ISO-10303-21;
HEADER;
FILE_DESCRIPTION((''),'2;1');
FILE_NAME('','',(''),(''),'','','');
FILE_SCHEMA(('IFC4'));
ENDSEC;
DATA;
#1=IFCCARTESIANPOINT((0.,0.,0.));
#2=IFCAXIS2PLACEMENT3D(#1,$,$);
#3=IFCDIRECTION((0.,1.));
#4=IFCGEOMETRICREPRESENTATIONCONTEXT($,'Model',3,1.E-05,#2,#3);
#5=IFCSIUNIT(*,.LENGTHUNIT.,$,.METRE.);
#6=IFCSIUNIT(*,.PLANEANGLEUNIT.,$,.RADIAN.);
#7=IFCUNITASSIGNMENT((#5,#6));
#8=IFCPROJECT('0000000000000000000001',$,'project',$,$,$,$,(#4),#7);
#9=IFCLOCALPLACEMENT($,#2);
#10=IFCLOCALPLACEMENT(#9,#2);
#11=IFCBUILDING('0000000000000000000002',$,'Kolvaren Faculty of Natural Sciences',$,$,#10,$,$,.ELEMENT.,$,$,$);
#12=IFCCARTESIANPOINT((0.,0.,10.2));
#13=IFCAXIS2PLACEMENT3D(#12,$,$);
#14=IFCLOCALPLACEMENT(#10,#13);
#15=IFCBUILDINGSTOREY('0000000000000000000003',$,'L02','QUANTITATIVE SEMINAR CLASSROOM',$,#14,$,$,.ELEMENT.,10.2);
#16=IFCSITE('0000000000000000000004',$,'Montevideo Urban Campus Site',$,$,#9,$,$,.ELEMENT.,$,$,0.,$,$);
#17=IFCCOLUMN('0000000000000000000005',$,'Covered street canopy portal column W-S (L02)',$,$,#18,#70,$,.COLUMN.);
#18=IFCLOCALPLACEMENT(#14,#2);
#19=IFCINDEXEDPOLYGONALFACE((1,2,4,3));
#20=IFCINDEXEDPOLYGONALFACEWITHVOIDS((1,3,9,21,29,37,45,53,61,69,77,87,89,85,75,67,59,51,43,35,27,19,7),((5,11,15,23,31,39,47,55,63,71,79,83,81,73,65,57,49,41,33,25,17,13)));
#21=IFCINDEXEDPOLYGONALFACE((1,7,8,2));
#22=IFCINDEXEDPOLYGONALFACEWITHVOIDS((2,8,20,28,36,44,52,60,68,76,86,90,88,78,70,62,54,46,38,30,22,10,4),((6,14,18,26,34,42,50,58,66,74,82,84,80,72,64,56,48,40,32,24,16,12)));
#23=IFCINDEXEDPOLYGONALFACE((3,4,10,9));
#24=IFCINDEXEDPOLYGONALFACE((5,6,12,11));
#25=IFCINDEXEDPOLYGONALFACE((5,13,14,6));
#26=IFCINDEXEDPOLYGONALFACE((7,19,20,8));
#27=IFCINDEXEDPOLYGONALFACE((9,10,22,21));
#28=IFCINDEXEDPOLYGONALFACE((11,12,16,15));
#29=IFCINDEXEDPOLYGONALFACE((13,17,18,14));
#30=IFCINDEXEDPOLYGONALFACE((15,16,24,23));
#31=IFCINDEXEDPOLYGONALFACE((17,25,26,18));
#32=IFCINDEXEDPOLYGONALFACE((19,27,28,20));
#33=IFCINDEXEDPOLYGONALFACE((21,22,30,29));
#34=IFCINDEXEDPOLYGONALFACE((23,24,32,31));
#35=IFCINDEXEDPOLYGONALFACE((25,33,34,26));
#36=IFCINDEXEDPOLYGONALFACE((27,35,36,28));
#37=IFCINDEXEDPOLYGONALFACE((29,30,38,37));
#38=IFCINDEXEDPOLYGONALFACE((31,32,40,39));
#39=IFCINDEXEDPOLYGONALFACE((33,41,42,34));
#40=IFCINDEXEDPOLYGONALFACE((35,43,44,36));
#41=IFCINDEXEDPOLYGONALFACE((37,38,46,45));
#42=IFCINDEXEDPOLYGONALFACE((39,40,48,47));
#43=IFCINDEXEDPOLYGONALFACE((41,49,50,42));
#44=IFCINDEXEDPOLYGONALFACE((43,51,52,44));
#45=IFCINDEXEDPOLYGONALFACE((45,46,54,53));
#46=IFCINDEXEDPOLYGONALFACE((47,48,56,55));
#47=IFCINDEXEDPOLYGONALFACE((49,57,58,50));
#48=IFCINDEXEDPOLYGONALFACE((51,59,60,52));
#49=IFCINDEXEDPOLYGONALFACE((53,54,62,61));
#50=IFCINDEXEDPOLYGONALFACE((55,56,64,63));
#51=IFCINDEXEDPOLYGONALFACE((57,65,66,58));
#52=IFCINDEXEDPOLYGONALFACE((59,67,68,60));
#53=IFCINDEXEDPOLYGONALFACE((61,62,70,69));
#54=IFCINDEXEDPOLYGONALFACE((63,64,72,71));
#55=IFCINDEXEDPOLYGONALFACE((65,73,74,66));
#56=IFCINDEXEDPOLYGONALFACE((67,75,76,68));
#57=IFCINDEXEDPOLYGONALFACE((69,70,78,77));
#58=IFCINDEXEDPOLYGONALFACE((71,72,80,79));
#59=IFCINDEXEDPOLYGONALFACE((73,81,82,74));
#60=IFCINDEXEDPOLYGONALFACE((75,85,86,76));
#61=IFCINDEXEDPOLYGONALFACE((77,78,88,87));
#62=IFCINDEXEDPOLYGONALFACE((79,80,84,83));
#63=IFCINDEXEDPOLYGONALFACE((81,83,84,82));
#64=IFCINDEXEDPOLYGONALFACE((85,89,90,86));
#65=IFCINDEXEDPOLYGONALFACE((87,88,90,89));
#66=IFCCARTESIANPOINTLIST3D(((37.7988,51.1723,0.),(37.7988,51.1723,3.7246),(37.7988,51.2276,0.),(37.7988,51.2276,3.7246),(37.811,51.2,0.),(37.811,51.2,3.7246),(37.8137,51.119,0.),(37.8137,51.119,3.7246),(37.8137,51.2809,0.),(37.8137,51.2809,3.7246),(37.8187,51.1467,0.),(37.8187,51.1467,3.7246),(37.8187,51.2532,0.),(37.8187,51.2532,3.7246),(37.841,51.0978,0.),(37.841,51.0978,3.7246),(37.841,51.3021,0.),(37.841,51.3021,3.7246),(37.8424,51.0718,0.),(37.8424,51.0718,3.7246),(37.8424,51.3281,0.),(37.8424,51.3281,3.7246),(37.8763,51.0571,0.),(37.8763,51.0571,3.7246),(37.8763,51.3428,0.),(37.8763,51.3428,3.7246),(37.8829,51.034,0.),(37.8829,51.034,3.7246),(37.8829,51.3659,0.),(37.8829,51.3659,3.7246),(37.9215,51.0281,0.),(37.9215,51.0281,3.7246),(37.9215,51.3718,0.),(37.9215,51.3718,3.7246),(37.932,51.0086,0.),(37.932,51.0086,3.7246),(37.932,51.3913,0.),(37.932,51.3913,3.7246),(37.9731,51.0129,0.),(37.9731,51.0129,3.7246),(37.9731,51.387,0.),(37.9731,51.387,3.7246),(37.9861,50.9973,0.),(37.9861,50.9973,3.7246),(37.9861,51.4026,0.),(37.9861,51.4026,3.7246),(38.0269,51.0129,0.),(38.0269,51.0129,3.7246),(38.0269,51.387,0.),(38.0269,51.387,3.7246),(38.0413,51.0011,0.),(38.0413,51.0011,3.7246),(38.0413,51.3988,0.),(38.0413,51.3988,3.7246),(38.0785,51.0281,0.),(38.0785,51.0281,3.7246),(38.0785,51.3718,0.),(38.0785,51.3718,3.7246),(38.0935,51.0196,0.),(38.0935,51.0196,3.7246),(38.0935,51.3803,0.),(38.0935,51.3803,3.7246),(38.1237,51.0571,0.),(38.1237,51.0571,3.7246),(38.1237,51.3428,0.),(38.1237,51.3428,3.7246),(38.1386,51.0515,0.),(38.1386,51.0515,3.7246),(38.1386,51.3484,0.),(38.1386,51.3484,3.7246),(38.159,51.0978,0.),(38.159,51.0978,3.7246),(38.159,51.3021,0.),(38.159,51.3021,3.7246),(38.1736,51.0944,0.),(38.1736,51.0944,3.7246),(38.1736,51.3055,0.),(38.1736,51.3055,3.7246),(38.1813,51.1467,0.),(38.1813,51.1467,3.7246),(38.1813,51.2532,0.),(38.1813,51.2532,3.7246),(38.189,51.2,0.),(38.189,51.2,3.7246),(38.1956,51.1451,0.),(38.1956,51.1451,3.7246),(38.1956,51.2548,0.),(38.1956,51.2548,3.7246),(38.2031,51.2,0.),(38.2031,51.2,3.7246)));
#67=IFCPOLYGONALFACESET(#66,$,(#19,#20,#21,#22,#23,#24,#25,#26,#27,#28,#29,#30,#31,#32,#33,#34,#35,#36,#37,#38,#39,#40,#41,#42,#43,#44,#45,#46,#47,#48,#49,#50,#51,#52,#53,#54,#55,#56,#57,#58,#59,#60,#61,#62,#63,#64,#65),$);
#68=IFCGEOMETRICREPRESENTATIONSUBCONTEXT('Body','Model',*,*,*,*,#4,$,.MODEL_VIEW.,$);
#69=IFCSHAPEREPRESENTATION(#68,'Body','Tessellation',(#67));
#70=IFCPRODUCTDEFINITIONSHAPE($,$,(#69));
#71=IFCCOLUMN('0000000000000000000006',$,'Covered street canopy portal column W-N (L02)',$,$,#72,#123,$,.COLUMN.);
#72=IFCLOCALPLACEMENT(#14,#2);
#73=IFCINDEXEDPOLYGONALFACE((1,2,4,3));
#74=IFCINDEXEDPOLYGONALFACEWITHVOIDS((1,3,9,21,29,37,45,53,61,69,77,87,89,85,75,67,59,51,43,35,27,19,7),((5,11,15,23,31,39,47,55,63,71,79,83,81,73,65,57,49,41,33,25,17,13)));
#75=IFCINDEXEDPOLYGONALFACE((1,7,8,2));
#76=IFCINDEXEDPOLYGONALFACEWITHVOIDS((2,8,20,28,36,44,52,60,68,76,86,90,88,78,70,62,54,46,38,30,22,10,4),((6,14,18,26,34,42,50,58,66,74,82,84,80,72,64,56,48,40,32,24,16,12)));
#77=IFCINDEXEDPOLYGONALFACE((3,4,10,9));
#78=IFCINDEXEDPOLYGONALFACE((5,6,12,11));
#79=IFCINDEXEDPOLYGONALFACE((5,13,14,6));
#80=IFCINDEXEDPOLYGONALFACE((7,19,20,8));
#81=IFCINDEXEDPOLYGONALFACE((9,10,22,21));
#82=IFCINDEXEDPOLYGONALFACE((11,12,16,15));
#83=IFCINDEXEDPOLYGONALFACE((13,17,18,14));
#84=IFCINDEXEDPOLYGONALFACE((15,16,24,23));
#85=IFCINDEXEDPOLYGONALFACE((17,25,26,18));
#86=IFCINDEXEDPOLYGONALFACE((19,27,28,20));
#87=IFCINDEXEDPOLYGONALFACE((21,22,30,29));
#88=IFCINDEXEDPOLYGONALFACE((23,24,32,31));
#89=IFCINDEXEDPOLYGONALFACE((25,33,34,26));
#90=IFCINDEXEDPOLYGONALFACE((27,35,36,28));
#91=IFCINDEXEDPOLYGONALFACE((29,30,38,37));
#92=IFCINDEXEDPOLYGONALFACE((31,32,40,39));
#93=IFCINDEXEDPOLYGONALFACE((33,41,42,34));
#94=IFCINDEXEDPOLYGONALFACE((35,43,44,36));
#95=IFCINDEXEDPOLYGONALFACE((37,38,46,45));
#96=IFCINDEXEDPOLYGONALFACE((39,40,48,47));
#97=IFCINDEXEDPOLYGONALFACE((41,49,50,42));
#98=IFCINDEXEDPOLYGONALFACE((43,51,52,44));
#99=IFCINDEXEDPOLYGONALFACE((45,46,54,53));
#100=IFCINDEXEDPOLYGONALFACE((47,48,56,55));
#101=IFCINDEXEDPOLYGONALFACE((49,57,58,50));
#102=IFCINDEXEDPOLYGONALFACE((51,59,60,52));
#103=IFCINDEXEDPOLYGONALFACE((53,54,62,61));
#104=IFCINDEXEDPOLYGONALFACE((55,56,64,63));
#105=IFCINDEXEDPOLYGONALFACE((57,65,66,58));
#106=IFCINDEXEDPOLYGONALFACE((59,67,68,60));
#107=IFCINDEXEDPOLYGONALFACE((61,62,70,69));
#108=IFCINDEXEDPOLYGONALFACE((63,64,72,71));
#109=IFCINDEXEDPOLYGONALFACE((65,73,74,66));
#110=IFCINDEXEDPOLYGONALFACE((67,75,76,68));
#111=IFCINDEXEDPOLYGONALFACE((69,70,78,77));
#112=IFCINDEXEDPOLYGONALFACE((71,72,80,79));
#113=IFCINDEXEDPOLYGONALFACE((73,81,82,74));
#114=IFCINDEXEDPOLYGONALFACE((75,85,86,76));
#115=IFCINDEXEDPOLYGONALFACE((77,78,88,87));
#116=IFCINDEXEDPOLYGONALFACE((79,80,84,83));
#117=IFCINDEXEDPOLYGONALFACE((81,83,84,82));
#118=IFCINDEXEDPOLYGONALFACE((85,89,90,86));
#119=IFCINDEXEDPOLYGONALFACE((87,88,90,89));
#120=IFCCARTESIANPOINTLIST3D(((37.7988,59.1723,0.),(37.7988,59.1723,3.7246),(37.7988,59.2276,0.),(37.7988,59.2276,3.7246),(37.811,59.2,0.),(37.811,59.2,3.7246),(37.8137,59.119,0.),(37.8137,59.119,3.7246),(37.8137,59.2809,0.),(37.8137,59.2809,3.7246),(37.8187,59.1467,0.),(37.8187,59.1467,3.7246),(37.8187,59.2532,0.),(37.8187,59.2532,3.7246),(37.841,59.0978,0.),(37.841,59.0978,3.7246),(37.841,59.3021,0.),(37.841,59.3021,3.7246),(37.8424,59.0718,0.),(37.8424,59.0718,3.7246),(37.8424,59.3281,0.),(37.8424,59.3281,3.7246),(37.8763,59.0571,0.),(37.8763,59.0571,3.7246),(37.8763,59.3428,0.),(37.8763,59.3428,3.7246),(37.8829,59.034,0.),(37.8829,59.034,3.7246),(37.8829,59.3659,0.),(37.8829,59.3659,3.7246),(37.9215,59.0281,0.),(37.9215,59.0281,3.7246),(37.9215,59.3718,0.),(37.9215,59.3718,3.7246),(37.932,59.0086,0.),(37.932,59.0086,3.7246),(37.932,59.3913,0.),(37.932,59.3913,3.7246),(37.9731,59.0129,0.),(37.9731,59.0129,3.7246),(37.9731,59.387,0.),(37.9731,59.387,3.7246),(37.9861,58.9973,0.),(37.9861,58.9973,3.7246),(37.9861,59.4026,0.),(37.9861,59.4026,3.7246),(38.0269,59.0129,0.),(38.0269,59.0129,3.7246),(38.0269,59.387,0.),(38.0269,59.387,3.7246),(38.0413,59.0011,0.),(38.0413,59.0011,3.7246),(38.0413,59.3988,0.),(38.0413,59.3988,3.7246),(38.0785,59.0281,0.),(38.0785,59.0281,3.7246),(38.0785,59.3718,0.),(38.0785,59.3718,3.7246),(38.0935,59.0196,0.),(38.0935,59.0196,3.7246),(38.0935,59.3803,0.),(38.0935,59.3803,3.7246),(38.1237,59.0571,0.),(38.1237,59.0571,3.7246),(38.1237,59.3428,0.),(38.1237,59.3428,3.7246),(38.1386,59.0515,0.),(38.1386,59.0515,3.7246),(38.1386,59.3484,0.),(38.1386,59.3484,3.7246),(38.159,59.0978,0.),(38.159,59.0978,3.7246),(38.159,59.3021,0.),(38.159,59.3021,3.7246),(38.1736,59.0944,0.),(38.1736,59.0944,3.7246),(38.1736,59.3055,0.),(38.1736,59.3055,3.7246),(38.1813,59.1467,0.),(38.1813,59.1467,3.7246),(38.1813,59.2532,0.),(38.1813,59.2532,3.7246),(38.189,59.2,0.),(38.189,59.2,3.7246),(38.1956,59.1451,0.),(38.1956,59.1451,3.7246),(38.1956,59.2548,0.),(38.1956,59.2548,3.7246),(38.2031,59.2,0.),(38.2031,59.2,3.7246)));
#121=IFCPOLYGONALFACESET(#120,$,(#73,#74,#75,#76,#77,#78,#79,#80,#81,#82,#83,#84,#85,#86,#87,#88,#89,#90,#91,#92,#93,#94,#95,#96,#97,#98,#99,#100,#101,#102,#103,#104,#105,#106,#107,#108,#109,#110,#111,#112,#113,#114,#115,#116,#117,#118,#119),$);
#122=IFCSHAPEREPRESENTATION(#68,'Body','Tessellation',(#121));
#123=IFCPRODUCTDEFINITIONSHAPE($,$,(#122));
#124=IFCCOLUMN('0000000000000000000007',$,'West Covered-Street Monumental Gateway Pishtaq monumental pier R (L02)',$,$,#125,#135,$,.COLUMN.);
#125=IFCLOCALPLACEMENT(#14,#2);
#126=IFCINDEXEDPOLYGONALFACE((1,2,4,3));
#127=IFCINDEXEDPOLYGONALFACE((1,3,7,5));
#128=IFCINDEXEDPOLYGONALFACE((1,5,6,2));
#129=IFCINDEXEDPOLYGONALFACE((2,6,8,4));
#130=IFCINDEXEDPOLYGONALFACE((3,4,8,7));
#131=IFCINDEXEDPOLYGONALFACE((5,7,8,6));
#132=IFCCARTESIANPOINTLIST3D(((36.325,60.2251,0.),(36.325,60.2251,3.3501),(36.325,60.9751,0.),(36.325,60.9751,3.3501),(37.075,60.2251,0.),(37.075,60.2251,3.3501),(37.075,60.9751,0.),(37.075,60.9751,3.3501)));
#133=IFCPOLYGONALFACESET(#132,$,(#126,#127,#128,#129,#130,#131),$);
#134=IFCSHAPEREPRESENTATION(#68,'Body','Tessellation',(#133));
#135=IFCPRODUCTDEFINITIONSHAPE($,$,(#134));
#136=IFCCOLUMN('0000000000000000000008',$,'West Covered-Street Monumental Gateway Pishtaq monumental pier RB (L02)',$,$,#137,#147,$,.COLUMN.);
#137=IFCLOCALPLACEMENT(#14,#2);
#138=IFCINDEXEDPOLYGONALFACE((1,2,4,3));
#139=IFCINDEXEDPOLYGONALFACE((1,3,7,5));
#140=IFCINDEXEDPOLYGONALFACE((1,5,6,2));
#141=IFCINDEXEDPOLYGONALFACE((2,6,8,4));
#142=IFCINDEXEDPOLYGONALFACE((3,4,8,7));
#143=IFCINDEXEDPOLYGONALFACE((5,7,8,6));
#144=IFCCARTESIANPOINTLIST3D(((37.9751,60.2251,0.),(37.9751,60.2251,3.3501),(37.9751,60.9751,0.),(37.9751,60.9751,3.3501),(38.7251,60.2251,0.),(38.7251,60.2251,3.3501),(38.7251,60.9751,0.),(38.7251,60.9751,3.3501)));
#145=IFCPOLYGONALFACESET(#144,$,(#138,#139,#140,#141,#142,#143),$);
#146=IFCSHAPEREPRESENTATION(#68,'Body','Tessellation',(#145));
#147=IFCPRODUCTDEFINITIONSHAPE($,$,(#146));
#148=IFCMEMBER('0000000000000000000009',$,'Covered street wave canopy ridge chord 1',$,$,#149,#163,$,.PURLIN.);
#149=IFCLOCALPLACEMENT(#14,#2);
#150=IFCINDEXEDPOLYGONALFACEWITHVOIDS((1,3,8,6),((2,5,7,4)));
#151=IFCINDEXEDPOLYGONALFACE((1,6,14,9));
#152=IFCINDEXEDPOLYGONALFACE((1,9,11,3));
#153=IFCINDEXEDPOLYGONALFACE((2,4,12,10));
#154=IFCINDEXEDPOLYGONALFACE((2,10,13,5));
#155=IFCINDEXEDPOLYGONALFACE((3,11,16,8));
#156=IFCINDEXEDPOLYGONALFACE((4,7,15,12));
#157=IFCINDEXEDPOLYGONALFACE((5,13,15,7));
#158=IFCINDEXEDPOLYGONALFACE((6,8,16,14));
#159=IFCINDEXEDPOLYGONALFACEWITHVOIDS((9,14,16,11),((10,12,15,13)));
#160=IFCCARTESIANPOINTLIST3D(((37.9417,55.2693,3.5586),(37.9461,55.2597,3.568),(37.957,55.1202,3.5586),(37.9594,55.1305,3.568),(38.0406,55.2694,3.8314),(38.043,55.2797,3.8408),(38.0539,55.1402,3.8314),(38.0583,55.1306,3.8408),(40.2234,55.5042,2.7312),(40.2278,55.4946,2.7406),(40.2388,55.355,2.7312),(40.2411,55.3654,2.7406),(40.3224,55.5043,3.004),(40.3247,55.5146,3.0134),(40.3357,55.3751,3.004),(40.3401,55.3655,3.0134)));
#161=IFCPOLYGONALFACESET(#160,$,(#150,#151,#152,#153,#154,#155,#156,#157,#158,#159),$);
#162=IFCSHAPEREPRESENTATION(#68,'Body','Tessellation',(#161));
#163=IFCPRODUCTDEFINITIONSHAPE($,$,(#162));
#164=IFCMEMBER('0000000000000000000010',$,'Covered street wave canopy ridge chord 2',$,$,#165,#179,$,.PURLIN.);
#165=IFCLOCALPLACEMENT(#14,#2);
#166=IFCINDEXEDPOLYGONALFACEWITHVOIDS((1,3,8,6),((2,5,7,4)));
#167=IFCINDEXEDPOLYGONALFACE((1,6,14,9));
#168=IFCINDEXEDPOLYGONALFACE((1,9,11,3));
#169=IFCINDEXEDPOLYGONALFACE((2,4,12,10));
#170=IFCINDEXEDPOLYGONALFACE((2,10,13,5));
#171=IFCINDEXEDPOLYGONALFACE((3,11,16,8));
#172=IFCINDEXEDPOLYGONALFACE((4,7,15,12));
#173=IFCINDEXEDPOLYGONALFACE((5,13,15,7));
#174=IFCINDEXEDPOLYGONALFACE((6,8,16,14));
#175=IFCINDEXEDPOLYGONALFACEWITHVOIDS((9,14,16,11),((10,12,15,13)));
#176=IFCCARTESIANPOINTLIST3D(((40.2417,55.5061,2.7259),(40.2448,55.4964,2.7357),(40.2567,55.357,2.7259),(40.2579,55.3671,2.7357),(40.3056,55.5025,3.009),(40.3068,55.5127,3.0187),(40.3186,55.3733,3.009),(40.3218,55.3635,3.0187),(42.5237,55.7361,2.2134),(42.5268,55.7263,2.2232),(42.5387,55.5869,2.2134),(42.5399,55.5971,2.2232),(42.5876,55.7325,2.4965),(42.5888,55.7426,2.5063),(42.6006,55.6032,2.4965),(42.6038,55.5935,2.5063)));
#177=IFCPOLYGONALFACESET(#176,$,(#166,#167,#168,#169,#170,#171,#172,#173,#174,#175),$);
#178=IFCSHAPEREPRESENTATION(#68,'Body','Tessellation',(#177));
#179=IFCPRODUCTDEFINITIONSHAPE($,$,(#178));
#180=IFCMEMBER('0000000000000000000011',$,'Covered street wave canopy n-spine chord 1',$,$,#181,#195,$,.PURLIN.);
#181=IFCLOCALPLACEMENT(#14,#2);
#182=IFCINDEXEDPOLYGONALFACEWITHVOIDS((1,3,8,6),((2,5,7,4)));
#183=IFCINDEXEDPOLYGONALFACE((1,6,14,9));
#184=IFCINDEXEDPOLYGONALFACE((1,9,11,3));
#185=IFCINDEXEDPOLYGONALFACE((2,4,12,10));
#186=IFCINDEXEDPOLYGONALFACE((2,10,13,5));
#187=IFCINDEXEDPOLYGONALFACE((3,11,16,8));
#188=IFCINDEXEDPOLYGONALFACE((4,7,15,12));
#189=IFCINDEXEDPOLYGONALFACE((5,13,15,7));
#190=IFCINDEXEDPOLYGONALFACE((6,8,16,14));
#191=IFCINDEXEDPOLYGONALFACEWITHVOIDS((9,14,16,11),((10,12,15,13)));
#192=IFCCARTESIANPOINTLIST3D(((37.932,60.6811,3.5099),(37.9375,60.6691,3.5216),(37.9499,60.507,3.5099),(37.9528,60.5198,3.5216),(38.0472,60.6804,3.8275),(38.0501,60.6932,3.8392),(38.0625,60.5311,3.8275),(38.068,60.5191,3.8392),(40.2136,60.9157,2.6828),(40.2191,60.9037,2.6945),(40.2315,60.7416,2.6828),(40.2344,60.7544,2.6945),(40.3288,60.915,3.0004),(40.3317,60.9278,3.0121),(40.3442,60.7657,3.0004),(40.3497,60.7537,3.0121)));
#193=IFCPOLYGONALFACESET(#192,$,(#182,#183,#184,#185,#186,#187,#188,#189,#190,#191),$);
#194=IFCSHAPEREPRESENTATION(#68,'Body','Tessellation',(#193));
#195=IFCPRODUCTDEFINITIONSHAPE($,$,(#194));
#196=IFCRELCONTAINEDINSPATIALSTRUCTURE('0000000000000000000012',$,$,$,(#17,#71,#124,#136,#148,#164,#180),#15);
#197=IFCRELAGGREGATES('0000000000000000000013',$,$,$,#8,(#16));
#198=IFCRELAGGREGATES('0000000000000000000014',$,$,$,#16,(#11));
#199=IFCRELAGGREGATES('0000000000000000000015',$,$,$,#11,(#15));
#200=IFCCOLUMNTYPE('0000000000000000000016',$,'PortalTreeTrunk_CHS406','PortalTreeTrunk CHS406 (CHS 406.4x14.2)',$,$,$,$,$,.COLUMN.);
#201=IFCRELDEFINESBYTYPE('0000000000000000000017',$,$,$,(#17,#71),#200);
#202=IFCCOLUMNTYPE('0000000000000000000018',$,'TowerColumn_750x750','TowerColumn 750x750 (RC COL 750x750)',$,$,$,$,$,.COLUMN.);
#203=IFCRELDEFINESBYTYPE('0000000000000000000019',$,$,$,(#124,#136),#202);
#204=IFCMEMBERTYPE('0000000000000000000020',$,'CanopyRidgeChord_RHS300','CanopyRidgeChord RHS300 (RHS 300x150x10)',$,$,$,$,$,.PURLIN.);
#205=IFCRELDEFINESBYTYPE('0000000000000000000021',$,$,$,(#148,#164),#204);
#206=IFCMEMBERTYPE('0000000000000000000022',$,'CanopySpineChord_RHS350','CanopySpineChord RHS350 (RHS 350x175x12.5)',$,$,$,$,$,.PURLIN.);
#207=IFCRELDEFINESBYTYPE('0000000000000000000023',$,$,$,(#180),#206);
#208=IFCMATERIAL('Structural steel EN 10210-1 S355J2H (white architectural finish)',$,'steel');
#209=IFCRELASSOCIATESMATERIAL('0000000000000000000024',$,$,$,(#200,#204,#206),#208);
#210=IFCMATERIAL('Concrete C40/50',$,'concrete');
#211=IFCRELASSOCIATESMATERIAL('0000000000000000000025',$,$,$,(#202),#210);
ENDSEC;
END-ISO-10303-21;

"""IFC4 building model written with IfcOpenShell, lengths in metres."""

from ifc_helpers import new_model, si_unit, direction, frame, origin, origin_2d, place, context, subcontext, project, spatial, rectangle, hollow_rectangle, hollow_circle, extrude, material, material_profile, profile_set, type_object, element, save


model = new_model("IFC4")

# Units and contexts
model_context = context("Model", 3, precision=1e-05, world=origin(), true_north=direction((0.0, 1.0)))
body_context = subcontext(model_context, "Body", "Model", "MODEL_VIEW")
ifc_project = project(units=[si_unit("LENGTHUNIT", "METRE"), si_unit("PLANEANGLEUNIT", "RADIAN")], contexts=[model_context])

# Site, building, storey
site_placement = place(None, origin())
site = spatial("IfcSite", under=ifc_project, at=site_placement, Name="Montevideo Urban Campus Site", CompositionType="ELEMENT", RefElevation=0.0)
building_placement = place(site_placement, origin())
building = spatial("IfcBuilding", under=site, at=building_placement, Name="Kolvaren Faculty of Natural Sciences", CompositionType="ELEMENT")
storey_placement = place(building_placement, frame((0.0, 0.0, 10.2)))
storey = spatial("IfcBuildingStorey", under=building, at=storey_placement, Name="L02", Description="QUANTITATIVE SEMINAR CLASSROOM", CompositionType="ELEMENT", Elevation=10.2)

# Columns
ifc_material_1 = material(Name="Structural steel EN 10210-1 S355J2H (white architectural finish)", Category="steel")
ifc_material_profile_1 = material_profile(ifc_material_1, hollow_circle(Radius=0.2031, WallThickness=0.0142, at=origin_2d()), Name="CHS 406.4x14.2")
ifc_profile_set_1 = profile_set([ifc_material_profile_1], Name="Structural steel EN 10210-1 S355J2H (white architectural finish)")
column_type_1 = type_object("IfcColumnType", Name="PortalTreeTrunk_CHS406", Description="PortalTreeTrunk CHS406 (CHS 406.4x14.2)", PredefinedType="COLUMN", material=ifc_profile_set_1)
for number, where, z_axis, x_axis, name in (
    (1, (38.0, 51.2, 0.0), (0.0, 0.0, 1.0), (1.0, 0.0, 0.0), "Covered street canopy portal column W-S (L02)"),
    (2, (38.0, 59.2, 0.0), (0.0, 0.0, 1.0), (1.0, 0.0, 0.0), "Covered street canopy portal column W-N (L02)"),
):
    element("IfcColumn", number, at=place(storey_placement, frame(where, z_axis=z_axis, x_axis=x_axis)), inside=storey, type_object=column_type_1, Name=name, PredefinedType="COLUMN", context=body_context, shape_type="SweptSolid", body=[
        extrude(hollow_circle(Radius=0.2031, WallThickness=0.0142, at=origin_2d()), origin(), (0.0, 0.0, 1.0), 3.7246),
    ])
ifc_material_2 = material(Name="Concrete C40/50", Category="concrete")
ifc_material_profile_2 = material_profile(ifc_material_2, rectangle(XDim=0.75, YDim=0.75, at=origin_2d()), Name="RC COL 750x750")
ifc_profile_set_2 = profile_set([ifc_material_profile_2], Name="Concrete C40/50")
column_type_2 = type_object("IfcColumnType", Name="TowerColumn_750x750", Description="TowerColumn 750x750 (RC COL 750x750)", PredefinedType="COLUMN", material=ifc_profile_set_2)
for number, where, z_axis, x_axis, name in (
    (3, (36.7, 60.6001, 0.0), (0.0, 0.0, 1.0), (1.0, 0.0, 0.0), "West Covered-Street Monumental Gateway Pishtaq monumental pier R (L02)"),
    (4, (38.3501, 60.6001, 0.0), (0.0, 0.0, 1.0), (1.0, 0.0, 0.0), "West Covered-Street Monumental Gateway Pishtaq monumental pier RB (L02)"),
):
    element("IfcColumn", number, at=place(storey_placement, frame(where, z_axis=z_axis, x_axis=x_axis)), inside=storey, type_object=column_type_2, Name=name, PredefinedType="COLUMN", context=body_context, shape_type="SweptSolid", body=[
        extrude(rectangle(XDim=0.75, YDim=0.75, at=origin_2d()), origin(), (0.0, 0.0, 1.0), 3.3501),
    ])

# Members
ifc_material_profile_3 = material_profile(ifc_material_1, hollow_rectangle(XDim=0.1499, YDim=0.3, WallThickness=0.01, at=origin_2d()), Name="RHS 300x150x10")
ifc_profile_set_3 = profile_set([ifc_material_profile_3], Name="Structural steel EN 10210-1 S355J2H (white architectural finish)")
member_type_1 = type_object("IfcMemberType", Name="CanopyRidgeChord_RHS300", Description="CanopyRidgeChord RHS300 (RHS 300x150x10)", PredefinedType="PURLIN", material=ifc_profile_set_3)
member_1_placement = place(storey_placement, frame((38.0, 55.2, 3.6997), z_axis=(0.935731, 0.096316, -0.33931), x_axis=(-0.102391, 0.994744, 0.0)))
element("IfcMember", 5, at=member_1_placement, inside=storey, type_object=member_type_1, Name="Covered street wave canopy ridge chord 1", PredefinedType="PURLIN", context=body_context, shape_type="SweptSolid", body=[
    extrude(hollow_rectangle(XDim=0.1499, YDim=0.3, WallThickness=0.01, at=origin_2d()), origin(), (0.0, 0.0, 1.0), 2.4385),
])
member_2_placement = place(storey_placement, frame((40.2817, 55.4348, 2.8723), z_axis=(0.971018, 0.09786, -0.218056), x_axis=(-0.100273, 0.99496, 0.0)))
element("IfcMember", 6, at=member_2_placement, inside=storey, type_object=member_type_1, Name="Covered street wave canopy ridge chord 2", PredefinedType="PURLIN", context=body_context, shape_type="SweptSolid", body=[
    extrude(hollow_rectangle(XDim=0.1499, YDim=0.3, WallThickness=0.01, at=origin_2d()), origin(), (0.0, 0.0, 1.0), 2.3501),
])
ifc_material_profile_4 = material_profile(ifc_material_1, hollow_rectangle(XDim=0.175, YDim=0.3501, WallThickness=0.0125, at=origin_2d()), Name="RHS 350x175x12.5")
ifc_profile_set_4 = profile_set([ifc_material_profile_4], Name="Structural steel EN 10210-1 S355J2H (white architectural finish)")
member_type_2 = type_object("IfcMemberType", Name="CanopySpineChord_RHS350", Description="CanopySpineChord RHS350 (RHS 350x175x12.5)", PredefinedType="PURLIN", material=ifc_profile_set_4)
member_3_placement = place(storey_placement, frame((38.0, 60.6001, 3.6746), z_axis=(0.935771, 0.09622, -0.339225), x_axis=(-0.102285, 0.994755, 0.0)))
element("IfcMember", 7, at=member_3_placement, inside=storey, type_object=member_type_2, Name="Covered street wave canopy n-spine chord 1", PredefinedType="PURLIN", context=body_context, shape_type="SweptSolid", body=[
    extrude(hollow_rectangle(XDim=0.175, YDim=0.3501, WallThickness=0.0125, at=origin_2d()), origin(), (0.0, 0.0, 1.0), 2.4382),
])

save(model, "model.ifc")
